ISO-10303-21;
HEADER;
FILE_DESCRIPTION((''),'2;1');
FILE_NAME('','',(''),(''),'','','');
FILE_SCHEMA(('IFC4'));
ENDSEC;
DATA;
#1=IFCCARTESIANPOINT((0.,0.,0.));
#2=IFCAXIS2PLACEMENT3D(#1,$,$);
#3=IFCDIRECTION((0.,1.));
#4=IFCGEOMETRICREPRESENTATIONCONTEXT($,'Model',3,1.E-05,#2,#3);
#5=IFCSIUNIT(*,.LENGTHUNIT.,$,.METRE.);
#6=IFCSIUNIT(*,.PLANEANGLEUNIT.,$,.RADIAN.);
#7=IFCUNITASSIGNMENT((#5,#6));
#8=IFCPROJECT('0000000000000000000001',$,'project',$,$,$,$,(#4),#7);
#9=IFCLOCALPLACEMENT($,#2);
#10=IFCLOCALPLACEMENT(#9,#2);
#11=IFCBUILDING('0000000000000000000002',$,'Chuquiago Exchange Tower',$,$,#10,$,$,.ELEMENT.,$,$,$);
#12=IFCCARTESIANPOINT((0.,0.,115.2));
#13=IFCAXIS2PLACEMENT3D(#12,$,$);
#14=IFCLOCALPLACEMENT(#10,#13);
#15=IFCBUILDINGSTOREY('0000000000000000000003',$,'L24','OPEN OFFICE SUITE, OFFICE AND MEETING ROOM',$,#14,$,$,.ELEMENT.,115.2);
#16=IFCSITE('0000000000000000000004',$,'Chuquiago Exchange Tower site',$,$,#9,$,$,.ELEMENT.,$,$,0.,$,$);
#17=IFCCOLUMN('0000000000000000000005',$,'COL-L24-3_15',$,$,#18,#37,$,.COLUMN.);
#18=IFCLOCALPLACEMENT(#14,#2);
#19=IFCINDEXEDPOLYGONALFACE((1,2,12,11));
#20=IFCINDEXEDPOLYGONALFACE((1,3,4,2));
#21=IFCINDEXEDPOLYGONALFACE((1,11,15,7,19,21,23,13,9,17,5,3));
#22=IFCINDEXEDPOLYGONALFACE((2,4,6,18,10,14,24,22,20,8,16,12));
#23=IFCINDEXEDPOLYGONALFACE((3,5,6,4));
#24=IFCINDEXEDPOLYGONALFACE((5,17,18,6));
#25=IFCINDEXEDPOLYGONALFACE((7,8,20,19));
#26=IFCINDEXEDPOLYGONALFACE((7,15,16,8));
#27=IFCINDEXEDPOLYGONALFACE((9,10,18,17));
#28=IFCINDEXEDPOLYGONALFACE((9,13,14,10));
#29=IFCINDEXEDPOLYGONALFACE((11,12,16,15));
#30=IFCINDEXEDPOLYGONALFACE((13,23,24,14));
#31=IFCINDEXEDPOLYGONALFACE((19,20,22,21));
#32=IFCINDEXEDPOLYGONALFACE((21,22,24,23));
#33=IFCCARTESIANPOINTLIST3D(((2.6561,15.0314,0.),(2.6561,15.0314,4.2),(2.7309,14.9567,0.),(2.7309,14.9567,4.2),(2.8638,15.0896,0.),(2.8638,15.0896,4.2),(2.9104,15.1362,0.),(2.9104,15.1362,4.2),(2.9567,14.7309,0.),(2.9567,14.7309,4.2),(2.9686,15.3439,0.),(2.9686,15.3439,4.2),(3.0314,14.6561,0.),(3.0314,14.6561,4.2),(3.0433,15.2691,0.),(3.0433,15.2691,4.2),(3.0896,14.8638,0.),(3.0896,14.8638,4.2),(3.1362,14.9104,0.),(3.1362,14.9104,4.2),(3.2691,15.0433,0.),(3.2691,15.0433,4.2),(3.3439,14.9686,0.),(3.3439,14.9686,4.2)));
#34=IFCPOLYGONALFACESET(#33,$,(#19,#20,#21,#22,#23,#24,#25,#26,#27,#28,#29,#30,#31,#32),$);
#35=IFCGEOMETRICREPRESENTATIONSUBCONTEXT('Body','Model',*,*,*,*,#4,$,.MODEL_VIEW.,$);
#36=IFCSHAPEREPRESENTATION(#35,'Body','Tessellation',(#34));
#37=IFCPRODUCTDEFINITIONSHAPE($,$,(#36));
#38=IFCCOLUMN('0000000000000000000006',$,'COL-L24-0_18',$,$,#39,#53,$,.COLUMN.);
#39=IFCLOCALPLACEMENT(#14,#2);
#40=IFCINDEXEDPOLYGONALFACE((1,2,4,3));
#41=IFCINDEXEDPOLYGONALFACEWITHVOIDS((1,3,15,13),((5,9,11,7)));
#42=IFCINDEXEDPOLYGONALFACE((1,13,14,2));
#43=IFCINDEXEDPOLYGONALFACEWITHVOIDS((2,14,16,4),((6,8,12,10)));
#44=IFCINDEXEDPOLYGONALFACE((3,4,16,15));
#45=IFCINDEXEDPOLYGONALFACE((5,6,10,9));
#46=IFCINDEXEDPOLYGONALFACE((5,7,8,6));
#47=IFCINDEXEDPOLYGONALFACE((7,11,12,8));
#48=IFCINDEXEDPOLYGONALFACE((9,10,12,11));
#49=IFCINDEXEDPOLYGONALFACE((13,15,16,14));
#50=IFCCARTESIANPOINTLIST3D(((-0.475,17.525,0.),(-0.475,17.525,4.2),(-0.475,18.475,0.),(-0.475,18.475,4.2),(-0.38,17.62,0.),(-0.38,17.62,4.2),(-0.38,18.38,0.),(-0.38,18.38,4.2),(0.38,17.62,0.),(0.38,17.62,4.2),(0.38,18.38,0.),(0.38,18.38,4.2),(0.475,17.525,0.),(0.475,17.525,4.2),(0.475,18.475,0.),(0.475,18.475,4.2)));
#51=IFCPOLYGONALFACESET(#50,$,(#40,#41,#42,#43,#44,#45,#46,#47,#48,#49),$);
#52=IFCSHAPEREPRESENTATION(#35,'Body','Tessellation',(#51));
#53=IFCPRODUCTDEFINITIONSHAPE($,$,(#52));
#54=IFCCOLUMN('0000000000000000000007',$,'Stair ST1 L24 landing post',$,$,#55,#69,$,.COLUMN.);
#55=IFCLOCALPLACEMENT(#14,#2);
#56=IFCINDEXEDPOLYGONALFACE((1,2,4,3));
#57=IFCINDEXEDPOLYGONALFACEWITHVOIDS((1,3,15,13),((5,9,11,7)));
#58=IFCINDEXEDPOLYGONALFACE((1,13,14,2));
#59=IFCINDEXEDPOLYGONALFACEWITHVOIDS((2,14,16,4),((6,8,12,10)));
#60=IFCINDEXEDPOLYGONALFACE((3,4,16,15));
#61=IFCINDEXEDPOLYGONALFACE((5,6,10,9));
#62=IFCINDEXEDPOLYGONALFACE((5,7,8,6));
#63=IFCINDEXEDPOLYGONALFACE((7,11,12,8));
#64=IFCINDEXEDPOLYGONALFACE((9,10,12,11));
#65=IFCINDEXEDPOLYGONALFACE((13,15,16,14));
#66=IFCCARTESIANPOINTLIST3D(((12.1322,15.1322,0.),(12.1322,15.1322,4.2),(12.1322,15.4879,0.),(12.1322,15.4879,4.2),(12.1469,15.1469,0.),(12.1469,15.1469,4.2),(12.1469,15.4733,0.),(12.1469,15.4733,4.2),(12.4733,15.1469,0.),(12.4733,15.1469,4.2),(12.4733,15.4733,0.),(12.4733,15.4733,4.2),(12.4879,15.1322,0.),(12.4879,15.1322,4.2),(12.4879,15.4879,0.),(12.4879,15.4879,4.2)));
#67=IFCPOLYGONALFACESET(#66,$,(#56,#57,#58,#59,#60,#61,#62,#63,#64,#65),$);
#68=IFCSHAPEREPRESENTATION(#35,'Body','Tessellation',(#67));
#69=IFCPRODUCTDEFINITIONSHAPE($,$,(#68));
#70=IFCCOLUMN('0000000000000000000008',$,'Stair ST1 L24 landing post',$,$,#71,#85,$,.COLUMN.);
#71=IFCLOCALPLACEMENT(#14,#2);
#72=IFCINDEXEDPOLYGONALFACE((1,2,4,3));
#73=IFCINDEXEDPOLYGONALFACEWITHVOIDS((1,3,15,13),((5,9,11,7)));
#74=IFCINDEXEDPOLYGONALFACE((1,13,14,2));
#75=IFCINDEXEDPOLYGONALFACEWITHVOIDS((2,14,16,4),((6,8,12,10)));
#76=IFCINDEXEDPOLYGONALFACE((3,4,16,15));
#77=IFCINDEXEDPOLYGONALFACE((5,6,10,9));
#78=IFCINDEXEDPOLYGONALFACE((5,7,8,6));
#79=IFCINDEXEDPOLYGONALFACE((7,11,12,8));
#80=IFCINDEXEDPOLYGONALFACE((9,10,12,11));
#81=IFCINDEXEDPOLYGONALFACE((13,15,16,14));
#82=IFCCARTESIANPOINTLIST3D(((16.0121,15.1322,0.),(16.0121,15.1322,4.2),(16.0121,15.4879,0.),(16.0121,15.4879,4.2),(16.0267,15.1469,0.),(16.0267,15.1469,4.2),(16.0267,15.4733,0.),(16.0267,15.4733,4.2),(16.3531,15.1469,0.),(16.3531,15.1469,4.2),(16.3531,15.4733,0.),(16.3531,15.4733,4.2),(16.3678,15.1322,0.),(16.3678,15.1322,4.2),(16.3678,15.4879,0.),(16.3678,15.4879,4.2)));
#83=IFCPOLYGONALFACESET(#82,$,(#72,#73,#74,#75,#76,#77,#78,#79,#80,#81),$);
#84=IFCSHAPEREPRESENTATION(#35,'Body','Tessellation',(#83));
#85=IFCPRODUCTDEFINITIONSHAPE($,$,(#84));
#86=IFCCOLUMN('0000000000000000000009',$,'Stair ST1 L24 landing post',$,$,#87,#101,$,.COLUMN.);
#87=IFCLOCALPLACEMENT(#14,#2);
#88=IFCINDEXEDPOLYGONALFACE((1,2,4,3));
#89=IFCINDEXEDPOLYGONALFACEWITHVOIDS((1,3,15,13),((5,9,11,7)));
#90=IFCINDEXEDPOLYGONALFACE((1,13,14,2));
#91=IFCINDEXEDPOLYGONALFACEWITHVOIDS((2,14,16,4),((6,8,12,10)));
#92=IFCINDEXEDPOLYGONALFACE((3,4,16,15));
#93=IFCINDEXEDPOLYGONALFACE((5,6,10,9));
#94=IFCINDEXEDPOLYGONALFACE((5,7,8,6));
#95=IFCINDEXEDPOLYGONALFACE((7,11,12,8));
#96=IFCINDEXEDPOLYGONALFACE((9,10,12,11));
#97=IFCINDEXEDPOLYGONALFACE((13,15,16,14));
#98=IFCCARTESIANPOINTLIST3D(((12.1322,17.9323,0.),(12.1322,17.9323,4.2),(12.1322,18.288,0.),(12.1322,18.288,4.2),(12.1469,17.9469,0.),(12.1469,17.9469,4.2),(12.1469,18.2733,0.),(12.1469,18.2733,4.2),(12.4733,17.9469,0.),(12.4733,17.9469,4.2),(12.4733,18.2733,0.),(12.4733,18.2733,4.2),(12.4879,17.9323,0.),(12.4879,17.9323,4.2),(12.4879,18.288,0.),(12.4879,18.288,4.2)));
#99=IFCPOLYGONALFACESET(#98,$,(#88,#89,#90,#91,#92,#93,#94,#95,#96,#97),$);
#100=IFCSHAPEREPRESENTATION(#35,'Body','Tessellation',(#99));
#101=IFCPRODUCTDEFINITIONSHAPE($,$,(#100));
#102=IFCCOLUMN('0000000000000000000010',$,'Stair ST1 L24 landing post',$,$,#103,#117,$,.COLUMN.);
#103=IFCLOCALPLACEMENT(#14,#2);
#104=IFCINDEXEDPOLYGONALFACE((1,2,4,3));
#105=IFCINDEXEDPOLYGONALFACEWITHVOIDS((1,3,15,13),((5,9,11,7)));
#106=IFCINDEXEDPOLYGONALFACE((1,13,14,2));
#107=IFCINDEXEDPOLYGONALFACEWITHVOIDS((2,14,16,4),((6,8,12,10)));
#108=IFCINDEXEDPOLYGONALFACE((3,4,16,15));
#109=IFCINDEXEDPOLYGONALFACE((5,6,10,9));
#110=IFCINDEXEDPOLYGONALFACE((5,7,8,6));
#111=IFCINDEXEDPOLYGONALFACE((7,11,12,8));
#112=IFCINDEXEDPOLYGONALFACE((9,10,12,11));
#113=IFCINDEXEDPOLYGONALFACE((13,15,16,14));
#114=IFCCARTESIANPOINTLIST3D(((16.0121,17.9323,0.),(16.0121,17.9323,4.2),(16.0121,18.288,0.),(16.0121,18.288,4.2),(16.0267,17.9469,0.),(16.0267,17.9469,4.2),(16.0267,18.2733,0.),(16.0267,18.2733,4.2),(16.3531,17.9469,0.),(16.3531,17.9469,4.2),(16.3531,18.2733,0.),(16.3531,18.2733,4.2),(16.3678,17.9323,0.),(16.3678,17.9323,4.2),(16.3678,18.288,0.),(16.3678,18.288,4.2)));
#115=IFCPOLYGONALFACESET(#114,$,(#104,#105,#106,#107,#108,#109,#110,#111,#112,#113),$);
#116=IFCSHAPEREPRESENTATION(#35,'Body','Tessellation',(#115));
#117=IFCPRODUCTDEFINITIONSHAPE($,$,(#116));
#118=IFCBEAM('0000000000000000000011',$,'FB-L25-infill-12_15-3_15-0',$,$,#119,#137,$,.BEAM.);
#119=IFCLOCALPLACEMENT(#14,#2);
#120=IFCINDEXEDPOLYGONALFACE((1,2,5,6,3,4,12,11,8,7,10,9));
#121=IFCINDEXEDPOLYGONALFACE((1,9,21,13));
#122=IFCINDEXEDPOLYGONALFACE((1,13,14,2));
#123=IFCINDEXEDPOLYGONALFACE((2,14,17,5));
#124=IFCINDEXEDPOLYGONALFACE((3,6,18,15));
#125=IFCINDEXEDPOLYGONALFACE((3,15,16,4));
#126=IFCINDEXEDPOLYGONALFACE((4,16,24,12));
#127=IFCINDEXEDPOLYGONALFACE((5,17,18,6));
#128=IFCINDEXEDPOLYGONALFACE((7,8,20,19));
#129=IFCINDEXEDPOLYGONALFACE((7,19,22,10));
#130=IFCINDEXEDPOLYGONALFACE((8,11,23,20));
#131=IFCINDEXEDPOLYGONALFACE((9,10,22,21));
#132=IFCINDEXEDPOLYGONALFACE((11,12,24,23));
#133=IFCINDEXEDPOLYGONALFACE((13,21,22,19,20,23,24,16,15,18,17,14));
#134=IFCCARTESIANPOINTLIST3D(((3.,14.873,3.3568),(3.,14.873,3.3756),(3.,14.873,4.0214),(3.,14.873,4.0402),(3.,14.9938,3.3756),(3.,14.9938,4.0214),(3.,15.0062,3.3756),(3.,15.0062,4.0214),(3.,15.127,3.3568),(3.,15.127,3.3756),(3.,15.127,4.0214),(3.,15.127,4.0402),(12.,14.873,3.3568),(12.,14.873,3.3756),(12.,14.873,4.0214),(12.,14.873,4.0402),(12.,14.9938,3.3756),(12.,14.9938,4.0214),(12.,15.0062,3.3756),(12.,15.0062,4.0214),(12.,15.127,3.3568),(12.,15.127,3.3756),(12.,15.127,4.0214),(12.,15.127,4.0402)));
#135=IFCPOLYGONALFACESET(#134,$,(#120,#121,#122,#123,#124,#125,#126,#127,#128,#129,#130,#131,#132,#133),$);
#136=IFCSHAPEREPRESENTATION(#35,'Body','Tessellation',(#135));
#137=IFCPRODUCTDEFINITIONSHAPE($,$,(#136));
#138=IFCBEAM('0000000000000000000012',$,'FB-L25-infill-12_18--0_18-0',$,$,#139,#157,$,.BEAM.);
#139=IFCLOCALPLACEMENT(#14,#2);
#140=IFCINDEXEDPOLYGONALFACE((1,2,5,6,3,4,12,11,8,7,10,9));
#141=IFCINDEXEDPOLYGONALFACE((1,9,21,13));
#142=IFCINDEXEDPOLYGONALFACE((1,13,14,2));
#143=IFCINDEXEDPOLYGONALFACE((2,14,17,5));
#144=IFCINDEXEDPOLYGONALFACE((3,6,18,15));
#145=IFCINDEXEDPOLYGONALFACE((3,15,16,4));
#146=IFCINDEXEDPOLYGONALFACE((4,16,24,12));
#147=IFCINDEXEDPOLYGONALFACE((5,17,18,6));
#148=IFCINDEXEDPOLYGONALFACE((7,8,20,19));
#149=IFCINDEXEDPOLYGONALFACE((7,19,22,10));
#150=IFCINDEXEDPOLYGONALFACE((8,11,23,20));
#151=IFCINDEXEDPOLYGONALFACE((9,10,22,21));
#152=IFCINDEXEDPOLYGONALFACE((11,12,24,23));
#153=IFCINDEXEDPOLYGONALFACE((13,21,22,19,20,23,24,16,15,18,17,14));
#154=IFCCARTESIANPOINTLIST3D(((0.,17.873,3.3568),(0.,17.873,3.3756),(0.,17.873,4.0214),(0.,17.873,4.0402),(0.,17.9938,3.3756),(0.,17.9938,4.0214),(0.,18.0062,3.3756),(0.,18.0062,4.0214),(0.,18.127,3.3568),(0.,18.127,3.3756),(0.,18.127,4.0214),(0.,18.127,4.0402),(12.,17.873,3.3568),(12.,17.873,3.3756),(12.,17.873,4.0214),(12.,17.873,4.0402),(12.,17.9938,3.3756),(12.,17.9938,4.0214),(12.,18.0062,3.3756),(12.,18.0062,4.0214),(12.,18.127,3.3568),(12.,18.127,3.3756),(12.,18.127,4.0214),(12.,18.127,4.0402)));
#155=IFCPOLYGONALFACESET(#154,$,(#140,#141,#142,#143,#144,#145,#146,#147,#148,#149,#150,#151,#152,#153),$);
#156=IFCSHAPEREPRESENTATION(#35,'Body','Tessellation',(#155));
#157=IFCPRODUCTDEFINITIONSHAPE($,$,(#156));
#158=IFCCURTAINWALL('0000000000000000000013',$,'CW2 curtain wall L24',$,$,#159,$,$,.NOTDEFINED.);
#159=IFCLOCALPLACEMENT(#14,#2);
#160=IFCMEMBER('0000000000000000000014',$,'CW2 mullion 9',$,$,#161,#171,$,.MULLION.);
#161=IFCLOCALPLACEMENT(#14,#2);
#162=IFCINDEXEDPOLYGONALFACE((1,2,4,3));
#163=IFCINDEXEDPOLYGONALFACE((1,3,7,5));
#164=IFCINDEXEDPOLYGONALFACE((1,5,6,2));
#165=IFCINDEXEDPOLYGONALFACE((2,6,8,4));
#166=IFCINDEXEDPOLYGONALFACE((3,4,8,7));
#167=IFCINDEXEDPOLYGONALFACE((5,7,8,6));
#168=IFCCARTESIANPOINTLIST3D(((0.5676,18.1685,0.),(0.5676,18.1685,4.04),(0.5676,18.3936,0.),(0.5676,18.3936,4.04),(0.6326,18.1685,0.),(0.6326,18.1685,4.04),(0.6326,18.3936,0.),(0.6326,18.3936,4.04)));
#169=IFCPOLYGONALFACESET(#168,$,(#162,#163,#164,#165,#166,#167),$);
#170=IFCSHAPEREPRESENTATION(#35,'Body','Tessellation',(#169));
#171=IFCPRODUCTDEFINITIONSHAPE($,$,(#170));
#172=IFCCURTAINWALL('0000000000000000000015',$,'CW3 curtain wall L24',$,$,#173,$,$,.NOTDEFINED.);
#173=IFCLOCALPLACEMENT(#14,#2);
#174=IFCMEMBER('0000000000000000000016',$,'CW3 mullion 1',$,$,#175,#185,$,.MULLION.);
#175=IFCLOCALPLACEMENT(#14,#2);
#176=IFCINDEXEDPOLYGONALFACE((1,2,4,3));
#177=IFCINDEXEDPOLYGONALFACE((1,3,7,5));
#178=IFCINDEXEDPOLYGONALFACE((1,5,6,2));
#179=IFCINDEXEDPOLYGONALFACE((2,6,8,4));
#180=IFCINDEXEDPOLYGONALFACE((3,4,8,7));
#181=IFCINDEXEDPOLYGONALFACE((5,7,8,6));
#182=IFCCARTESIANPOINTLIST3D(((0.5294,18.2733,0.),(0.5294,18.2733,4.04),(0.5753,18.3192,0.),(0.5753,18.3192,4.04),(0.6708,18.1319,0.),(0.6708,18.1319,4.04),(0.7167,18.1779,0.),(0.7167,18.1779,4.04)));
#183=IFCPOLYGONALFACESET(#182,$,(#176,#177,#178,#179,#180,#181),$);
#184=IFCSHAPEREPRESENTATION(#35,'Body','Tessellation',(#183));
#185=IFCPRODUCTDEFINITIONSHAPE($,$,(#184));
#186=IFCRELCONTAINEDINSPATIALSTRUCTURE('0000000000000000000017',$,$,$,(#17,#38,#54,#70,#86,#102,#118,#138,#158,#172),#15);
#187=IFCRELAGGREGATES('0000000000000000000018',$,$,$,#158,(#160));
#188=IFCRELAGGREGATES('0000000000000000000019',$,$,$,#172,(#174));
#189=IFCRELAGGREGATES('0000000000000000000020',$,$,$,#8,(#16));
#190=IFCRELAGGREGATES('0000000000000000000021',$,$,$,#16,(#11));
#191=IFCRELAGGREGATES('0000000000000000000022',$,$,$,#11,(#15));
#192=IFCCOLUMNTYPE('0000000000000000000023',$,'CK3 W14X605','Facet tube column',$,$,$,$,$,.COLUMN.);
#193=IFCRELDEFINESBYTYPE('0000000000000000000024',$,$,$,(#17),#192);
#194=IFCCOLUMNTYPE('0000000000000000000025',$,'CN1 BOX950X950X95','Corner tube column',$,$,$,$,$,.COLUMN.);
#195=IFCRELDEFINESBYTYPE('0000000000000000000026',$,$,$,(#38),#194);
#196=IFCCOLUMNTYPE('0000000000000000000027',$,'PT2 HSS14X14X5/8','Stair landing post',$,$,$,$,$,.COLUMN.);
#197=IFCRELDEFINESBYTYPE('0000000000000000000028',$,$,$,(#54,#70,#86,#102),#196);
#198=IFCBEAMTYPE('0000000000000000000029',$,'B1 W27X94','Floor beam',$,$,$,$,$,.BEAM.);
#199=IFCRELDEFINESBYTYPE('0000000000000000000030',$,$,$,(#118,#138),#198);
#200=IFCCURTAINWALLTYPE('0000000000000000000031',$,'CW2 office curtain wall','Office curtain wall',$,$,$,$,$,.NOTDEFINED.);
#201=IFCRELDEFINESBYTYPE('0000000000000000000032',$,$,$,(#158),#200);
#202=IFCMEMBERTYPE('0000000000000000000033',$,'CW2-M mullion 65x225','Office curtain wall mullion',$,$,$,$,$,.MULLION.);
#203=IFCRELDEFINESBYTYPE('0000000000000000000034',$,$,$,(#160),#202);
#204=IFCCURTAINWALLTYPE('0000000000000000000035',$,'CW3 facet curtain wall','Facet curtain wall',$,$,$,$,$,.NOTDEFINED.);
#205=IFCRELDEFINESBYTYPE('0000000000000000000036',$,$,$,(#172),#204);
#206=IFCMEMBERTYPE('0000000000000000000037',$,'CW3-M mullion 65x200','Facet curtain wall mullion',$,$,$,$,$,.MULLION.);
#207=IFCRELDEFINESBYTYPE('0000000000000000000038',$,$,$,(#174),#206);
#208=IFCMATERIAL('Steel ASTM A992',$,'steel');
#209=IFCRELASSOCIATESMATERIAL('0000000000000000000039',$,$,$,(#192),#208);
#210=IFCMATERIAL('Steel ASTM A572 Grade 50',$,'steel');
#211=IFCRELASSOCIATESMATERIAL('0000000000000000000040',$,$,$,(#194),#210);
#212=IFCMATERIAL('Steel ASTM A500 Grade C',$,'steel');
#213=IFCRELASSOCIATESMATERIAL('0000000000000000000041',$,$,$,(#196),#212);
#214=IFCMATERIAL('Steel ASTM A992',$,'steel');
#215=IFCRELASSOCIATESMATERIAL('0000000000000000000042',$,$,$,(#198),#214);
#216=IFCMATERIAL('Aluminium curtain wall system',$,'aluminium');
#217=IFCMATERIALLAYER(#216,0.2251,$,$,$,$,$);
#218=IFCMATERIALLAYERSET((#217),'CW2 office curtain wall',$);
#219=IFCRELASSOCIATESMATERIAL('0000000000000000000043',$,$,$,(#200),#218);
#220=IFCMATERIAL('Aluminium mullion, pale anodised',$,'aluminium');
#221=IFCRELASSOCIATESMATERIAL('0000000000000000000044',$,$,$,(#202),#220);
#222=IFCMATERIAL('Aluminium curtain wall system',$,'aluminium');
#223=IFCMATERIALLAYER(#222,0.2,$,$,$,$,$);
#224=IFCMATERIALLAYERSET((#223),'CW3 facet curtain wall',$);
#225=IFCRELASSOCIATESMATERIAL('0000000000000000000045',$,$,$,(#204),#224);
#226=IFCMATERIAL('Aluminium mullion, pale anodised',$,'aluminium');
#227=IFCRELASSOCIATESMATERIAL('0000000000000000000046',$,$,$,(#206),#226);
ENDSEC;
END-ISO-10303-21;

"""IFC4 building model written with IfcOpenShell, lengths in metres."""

from ifc_helpers import new_model, si_unit, direction, frame, origin, origin_2d, place, context, subcontext, project, spatial, rectangle, hollow_rectangle, i_section, extrude, material, layer, layer_set, material_profile, profile_set, type_object, element, aggregate, save


model = new_model("IFC4")

# Units and contexts
model_context = context("Model", 3, precision=1e-05, world=origin(), true_north=direction((0.0, 1.0)))
body_context = subcontext(model_context, "Body", "Model", "MODEL_VIEW")
ifc_project = project(units=[si_unit("LENGTHUNIT", "METRE"), si_unit("PLANEANGLEUNIT", "RADIAN")], contexts=[model_context])

# Site, building, storey
site_placement = place(None, origin())
site = spatial("IfcSite", under=ifc_project, at=site_placement, Name="Chuquiago Exchange Tower site", CompositionType="ELEMENT", RefElevation=0.0)
building_placement = place(site_placement, origin())
building = spatial("IfcBuilding", under=site, at=building_placement, Name="Chuquiago Exchange Tower", CompositionType="ELEMENT")
storey_placement = place(building_placement, frame((0.0, 0.0, 115.2)))
storey = spatial("IfcBuildingStorey", under=building, at=storey_placement, Name="L24", Description="OPEN OFFICE SUITE, OFFICE AND MEETING ROOM", CompositionType="ELEMENT", Elevation=115.2)

# Columns
ifc_material_1 = material(Name="Steel ASTM A992", Category="steel")
ifc_material_profile_1 = material_profile(ifc_material_1, i_section(OverallWidth=0.4419, OverallDepth=0.5308, WebThickness=0.0659, FlangeThickness=0.1057, at=origin_2d()), Name="W14X605")
ifc_profile_set_1 = profile_set([ifc_material_profile_1], Name="Steel ASTM A992")
column_type_1 = type_object("IfcColumnType", Name="CK3 W14X605", Description="Facet tube column", PredefinedType="COLUMN", material=ifc_profile_set_1)
column_1_placement = place(storey_placement, frame((3.0, 15.0, 0.0), z_axis=(0.0, 0.0, 1.0), x_axis=(-0.707107, -0.707107, 0.0)))
element("IfcColumn", 1, at=column_1_placement, inside=storey, type_object=column_type_1, Name="COL-L24-3_15", PredefinedType="COLUMN", context=body_context, shape_type="SweptSolid", body=[
    extrude(i_section(OverallWidth=0.4419, OverallDepth=0.5308, WebThickness=0.0659, FlangeThickness=0.1057, at=origin_2d()), origin(), (0.0, 0.0, 1.0), 4.2),
])
ifc_material_2 = material(Name="Steel ASTM A572 Grade 50", Category="steel")
ifc_material_profile_2 = material_profile(ifc_material_2, hollow_rectangle(XDim=0.95, YDim=0.95, WallThickness=0.095, at=origin_2d()), Name="BOX950X950X95")
ifc_profile_set_2 = profile_set([ifc_material_profile_2], Name="Steel ASTM A572 Grade 50")
column_type_2 = type_object("IfcColumnType", Name="CN1 BOX950X950X95", Description="Corner tube column", PredefinedType="COLUMN", material=ifc_profile_set_2)
column_2_placement = place(storey_placement, frame((0.0, 18.0, 0.0), z_axis=(0.0, 0.0, 1.0), x_axis=(-1.0, 0.0, 0.0)))
element("IfcColumn", 2, at=column_2_placement, inside=storey, type_object=column_type_2, Name="COL-L24-0_18", PredefinedType="COLUMN", context=body_context, shape_type="SweptSolid", body=[
    extrude(hollow_rectangle(XDim=0.95, YDim=0.95, WallThickness=0.095, at=origin_2d()), origin(), (0.0, 0.0, 1.0), 4.2),
])
ifc_material_3 = material(Name="Steel ASTM A500 Grade C", Category="steel")
ifc_material_profile_3 = material_profile(ifc_material_3, hollow_rectangle(XDim=0.3557, YDim=0.3557, WallThickness=0.0146, at=origin_2d()), Name="HSS14X14X5/8")
ifc_profile_set_3 = profile_set([ifc_material_profile_3], Name="Steel ASTM A500 Grade C")
column_type_3 = type_object("IfcColumnType", Name="PT2 HSS14X14X5/8", Description="Stair landing post", PredefinedType="COLUMN", material=ifc_profile_set_3)
for number, where, z_axis, x_axis, name in (
    (3, (12.3101, 15.3101, 0.0), (0.0, 0.0, 1.0), (1.0, 0.0, 0.0), "Stair ST1 L24 landing post"),
    (4, (16.1899, 15.3101, 0.0), (0.0, 0.0, 1.0), (1.0, 0.0, 0.0), "Stair ST1 L24 landing post"),
    (5, (12.3101, 18.1101, 0.0), (0.0, 0.0, 1.0), (1.0, 0.0, 0.0), "Stair ST1 L24 landing post"),
    (6, (16.1899, 18.1101, 0.0), (0.0, 0.0, 1.0), (1.0, 0.0, 0.0), "Stair ST1 L24 landing post"),
):
    element("IfcColumn", number, at=place(storey_placement, frame(where, z_axis=z_axis, x_axis=x_axis)), inside=storey, type_object=column_type_3, Name=name, PredefinedType="COLUMN", context=body_context, shape_type="SweptSolid", body=[
        extrude(hollow_rectangle(XDim=0.3557, YDim=0.3557, WallThickness=0.0146, at=origin_2d()), origin(), (0.0, 0.0, 1.0), 4.2),
    ])

# Beams
ifc_material_4 = material(Name="Steel ASTM A992", Category="steel")
ifc_material_profile_4 = material_profile(ifc_material_4, i_section(OverallWidth=0.2539, OverallDepth=0.6833, WebThickness=0.0125, FlangeThickness=0.0188, at=origin_2d()), Name="W27X94")
ifc_profile_set_4 = profile_set([ifc_material_profile_4], Name="Steel ASTM A992")
beam_type_1 = type_object("IfcBeamType", Name="B1 W27X94", Description="Floor beam", PredefinedType="BEAM", material=ifc_profile_set_4)
beam_1_placement = place(storey_placement, frame((12.0, 15.0, 3.6985), z_axis=(-1.0, 0.0, 0.0), x_axis=(0.0, -1.0, 0.0)))
element("IfcBeam", 7, at=beam_1_placement, inside=storey, type_object=beam_type_1, Name="FB-L25-infill-12_15-3_15-0", PredefinedType="BEAM", context=body_context, shape_type="SweptSolid", body=[
    extrude(i_section(OverallWidth=0.2539, OverallDepth=0.6833, WebThickness=0.0125, FlangeThickness=0.0188, at=origin_2d()), origin(), (0.0, 0.0, 1.0), 9.0),
])
beam_2_placement = place(storey_placement, frame((12.0, 18.0, 3.6985), z_axis=(-1.0, 0.0, 0.0), x_axis=(0.0, -1.0, 0.0)))
element("IfcBeam", 8, at=beam_2_placement, inside=storey, type_object=beam_type_1, Name="FB-L25-infill-12_18--0_18-0", PredefinedType="BEAM", context=body_context, shape_type="SweptSolid", body=[
    extrude(i_section(OverallWidth=0.2539, OverallDepth=0.6833, WebThickness=0.0125, FlangeThickness=0.0188, at=origin_2d()), origin(), (0.0, 0.0, 1.0), 12.0),
])

# Curtain wall, member
ifc_material_5 = material(Name="Aluminium curtain wall system", Category="aluminium")
ifc_layer_1 = layer(ifc_material_5, 0.2251)
ifc_layer_set_1 = layer_set([ifc_layer_1], Name="CW2 office curtain wall")
curtain_wall_type_1 = type_object("IfcCurtainWallType", Name="CW2 office curtain wall", Description="Office curtain wall", PredefinedType="NOTDEFINED", material=ifc_layer_set_1)
curtain_wall_1_placement = place(storey_placement, origin())
curtain_wall_1 = element("IfcCurtainWall", 9, at=curtain_wall_1_placement, inside=storey, type_object=curtain_wall_type_1, Name="CW2 curtain wall L24", PredefinedType="NOTDEFINED")
ifc_material_6 = material(Name="Aluminium mullion, pale anodised", Category="aluminium")
ifc_material_profile_5 = material_profile(ifc_material_6, rectangle(XDim=0.0649, YDim=0.2251, at=origin_2d()), Name="AL 65x225")
ifc_profile_set_5 = profile_set([ifc_material_profile_5], Name="Aluminium mullion, pale anodised")
member_type_1 = type_object("IfcMemberType", Name="CW2-M mullion 65x225", Description="Office curtain wall mullion", PredefinedType="MULLION", material=ifc_profile_set_5)
member_1_placement = place(storey_placement, frame((0.6001, 18.281, 0.0), z_axis=(0.0, 0.0, 1.0), x_axis=(1.0, 0.0, 0.0)))
member_1 = element("IfcMember", 10, at=member_1_placement, type_object=member_type_1, Name="CW2 mullion 9", PredefinedType="MULLION", context=body_context, shape_type="SweptSolid", body=[
    extrude(rectangle(XDim=0.0649, YDim=0.2251, at=origin_2d()), origin(), (0.0, 0.0, 1.0), 4.04),
])
aggregate(curtain_wall_1, [member_1])

# Curtain wall, member
ifc_material_7 = material(Name="Aluminium curtain wall system", Category="aluminium")
ifc_layer_2 = layer(ifc_material_7, 0.2)
ifc_layer_set_2 = layer_set([ifc_layer_2], Name="CW3 facet curtain wall")
curtain_wall_type_2 = type_object("IfcCurtainWallType", Name="CW3 facet curtain wall", Description="Facet curtain wall", PredefinedType="NOTDEFINED", material=ifc_layer_set_2)
curtain_wall_2_placement = place(storey_placement, origin())
curtain_wall_2 = element("IfcCurtainWall", 11, at=curtain_wall_2_placement, inside=storey, type_object=curtain_wall_type_2, Name="CW3 curtain wall L24", PredefinedType="NOTDEFINED")
ifc_material_8 = material(Name="Aluminium mullion, pale anodised", Category="aluminium")
ifc_material_profile_6 = material_profile(ifc_material_8, rectangle(XDim=0.0649, YDim=0.2, at=origin_2d()), Name="AL 65x200")
ifc_profile_set_6 = profile_set([ifc_material_profile_6], Name="Aluminium mullion, pale anodised")
member_type_2 = type_object("IfcMemberType", Name="CW3-M mullion 65x200", Description="Facet curtain wall mullion", PredefinedType="MULLION", material=ifc_profile_set_6)
member_2_placement = place(storey_placement, frame((0.623, 18.2256, 0.0), z_axis=(0.0, 0.0, 1.0), x_axis=(0.707107, 0.707107, 0.0)))
member_2 = element("IfcMember", 12, at=member_2_placement, type_object=member_type_2, Name="CW3 mullion 1", PredefinedType="MULLION", context=body_context, shape_type="SweptSolid", body=[
    extrude(rectangle(XDim=0.0649, YDim=0.2, at=origin_2d()), origin(), (0.0, 0.0, 1.0), 4.04),
])

aggregate(curtain_wall_2, [member_2])

save(model, "model.ifc")
